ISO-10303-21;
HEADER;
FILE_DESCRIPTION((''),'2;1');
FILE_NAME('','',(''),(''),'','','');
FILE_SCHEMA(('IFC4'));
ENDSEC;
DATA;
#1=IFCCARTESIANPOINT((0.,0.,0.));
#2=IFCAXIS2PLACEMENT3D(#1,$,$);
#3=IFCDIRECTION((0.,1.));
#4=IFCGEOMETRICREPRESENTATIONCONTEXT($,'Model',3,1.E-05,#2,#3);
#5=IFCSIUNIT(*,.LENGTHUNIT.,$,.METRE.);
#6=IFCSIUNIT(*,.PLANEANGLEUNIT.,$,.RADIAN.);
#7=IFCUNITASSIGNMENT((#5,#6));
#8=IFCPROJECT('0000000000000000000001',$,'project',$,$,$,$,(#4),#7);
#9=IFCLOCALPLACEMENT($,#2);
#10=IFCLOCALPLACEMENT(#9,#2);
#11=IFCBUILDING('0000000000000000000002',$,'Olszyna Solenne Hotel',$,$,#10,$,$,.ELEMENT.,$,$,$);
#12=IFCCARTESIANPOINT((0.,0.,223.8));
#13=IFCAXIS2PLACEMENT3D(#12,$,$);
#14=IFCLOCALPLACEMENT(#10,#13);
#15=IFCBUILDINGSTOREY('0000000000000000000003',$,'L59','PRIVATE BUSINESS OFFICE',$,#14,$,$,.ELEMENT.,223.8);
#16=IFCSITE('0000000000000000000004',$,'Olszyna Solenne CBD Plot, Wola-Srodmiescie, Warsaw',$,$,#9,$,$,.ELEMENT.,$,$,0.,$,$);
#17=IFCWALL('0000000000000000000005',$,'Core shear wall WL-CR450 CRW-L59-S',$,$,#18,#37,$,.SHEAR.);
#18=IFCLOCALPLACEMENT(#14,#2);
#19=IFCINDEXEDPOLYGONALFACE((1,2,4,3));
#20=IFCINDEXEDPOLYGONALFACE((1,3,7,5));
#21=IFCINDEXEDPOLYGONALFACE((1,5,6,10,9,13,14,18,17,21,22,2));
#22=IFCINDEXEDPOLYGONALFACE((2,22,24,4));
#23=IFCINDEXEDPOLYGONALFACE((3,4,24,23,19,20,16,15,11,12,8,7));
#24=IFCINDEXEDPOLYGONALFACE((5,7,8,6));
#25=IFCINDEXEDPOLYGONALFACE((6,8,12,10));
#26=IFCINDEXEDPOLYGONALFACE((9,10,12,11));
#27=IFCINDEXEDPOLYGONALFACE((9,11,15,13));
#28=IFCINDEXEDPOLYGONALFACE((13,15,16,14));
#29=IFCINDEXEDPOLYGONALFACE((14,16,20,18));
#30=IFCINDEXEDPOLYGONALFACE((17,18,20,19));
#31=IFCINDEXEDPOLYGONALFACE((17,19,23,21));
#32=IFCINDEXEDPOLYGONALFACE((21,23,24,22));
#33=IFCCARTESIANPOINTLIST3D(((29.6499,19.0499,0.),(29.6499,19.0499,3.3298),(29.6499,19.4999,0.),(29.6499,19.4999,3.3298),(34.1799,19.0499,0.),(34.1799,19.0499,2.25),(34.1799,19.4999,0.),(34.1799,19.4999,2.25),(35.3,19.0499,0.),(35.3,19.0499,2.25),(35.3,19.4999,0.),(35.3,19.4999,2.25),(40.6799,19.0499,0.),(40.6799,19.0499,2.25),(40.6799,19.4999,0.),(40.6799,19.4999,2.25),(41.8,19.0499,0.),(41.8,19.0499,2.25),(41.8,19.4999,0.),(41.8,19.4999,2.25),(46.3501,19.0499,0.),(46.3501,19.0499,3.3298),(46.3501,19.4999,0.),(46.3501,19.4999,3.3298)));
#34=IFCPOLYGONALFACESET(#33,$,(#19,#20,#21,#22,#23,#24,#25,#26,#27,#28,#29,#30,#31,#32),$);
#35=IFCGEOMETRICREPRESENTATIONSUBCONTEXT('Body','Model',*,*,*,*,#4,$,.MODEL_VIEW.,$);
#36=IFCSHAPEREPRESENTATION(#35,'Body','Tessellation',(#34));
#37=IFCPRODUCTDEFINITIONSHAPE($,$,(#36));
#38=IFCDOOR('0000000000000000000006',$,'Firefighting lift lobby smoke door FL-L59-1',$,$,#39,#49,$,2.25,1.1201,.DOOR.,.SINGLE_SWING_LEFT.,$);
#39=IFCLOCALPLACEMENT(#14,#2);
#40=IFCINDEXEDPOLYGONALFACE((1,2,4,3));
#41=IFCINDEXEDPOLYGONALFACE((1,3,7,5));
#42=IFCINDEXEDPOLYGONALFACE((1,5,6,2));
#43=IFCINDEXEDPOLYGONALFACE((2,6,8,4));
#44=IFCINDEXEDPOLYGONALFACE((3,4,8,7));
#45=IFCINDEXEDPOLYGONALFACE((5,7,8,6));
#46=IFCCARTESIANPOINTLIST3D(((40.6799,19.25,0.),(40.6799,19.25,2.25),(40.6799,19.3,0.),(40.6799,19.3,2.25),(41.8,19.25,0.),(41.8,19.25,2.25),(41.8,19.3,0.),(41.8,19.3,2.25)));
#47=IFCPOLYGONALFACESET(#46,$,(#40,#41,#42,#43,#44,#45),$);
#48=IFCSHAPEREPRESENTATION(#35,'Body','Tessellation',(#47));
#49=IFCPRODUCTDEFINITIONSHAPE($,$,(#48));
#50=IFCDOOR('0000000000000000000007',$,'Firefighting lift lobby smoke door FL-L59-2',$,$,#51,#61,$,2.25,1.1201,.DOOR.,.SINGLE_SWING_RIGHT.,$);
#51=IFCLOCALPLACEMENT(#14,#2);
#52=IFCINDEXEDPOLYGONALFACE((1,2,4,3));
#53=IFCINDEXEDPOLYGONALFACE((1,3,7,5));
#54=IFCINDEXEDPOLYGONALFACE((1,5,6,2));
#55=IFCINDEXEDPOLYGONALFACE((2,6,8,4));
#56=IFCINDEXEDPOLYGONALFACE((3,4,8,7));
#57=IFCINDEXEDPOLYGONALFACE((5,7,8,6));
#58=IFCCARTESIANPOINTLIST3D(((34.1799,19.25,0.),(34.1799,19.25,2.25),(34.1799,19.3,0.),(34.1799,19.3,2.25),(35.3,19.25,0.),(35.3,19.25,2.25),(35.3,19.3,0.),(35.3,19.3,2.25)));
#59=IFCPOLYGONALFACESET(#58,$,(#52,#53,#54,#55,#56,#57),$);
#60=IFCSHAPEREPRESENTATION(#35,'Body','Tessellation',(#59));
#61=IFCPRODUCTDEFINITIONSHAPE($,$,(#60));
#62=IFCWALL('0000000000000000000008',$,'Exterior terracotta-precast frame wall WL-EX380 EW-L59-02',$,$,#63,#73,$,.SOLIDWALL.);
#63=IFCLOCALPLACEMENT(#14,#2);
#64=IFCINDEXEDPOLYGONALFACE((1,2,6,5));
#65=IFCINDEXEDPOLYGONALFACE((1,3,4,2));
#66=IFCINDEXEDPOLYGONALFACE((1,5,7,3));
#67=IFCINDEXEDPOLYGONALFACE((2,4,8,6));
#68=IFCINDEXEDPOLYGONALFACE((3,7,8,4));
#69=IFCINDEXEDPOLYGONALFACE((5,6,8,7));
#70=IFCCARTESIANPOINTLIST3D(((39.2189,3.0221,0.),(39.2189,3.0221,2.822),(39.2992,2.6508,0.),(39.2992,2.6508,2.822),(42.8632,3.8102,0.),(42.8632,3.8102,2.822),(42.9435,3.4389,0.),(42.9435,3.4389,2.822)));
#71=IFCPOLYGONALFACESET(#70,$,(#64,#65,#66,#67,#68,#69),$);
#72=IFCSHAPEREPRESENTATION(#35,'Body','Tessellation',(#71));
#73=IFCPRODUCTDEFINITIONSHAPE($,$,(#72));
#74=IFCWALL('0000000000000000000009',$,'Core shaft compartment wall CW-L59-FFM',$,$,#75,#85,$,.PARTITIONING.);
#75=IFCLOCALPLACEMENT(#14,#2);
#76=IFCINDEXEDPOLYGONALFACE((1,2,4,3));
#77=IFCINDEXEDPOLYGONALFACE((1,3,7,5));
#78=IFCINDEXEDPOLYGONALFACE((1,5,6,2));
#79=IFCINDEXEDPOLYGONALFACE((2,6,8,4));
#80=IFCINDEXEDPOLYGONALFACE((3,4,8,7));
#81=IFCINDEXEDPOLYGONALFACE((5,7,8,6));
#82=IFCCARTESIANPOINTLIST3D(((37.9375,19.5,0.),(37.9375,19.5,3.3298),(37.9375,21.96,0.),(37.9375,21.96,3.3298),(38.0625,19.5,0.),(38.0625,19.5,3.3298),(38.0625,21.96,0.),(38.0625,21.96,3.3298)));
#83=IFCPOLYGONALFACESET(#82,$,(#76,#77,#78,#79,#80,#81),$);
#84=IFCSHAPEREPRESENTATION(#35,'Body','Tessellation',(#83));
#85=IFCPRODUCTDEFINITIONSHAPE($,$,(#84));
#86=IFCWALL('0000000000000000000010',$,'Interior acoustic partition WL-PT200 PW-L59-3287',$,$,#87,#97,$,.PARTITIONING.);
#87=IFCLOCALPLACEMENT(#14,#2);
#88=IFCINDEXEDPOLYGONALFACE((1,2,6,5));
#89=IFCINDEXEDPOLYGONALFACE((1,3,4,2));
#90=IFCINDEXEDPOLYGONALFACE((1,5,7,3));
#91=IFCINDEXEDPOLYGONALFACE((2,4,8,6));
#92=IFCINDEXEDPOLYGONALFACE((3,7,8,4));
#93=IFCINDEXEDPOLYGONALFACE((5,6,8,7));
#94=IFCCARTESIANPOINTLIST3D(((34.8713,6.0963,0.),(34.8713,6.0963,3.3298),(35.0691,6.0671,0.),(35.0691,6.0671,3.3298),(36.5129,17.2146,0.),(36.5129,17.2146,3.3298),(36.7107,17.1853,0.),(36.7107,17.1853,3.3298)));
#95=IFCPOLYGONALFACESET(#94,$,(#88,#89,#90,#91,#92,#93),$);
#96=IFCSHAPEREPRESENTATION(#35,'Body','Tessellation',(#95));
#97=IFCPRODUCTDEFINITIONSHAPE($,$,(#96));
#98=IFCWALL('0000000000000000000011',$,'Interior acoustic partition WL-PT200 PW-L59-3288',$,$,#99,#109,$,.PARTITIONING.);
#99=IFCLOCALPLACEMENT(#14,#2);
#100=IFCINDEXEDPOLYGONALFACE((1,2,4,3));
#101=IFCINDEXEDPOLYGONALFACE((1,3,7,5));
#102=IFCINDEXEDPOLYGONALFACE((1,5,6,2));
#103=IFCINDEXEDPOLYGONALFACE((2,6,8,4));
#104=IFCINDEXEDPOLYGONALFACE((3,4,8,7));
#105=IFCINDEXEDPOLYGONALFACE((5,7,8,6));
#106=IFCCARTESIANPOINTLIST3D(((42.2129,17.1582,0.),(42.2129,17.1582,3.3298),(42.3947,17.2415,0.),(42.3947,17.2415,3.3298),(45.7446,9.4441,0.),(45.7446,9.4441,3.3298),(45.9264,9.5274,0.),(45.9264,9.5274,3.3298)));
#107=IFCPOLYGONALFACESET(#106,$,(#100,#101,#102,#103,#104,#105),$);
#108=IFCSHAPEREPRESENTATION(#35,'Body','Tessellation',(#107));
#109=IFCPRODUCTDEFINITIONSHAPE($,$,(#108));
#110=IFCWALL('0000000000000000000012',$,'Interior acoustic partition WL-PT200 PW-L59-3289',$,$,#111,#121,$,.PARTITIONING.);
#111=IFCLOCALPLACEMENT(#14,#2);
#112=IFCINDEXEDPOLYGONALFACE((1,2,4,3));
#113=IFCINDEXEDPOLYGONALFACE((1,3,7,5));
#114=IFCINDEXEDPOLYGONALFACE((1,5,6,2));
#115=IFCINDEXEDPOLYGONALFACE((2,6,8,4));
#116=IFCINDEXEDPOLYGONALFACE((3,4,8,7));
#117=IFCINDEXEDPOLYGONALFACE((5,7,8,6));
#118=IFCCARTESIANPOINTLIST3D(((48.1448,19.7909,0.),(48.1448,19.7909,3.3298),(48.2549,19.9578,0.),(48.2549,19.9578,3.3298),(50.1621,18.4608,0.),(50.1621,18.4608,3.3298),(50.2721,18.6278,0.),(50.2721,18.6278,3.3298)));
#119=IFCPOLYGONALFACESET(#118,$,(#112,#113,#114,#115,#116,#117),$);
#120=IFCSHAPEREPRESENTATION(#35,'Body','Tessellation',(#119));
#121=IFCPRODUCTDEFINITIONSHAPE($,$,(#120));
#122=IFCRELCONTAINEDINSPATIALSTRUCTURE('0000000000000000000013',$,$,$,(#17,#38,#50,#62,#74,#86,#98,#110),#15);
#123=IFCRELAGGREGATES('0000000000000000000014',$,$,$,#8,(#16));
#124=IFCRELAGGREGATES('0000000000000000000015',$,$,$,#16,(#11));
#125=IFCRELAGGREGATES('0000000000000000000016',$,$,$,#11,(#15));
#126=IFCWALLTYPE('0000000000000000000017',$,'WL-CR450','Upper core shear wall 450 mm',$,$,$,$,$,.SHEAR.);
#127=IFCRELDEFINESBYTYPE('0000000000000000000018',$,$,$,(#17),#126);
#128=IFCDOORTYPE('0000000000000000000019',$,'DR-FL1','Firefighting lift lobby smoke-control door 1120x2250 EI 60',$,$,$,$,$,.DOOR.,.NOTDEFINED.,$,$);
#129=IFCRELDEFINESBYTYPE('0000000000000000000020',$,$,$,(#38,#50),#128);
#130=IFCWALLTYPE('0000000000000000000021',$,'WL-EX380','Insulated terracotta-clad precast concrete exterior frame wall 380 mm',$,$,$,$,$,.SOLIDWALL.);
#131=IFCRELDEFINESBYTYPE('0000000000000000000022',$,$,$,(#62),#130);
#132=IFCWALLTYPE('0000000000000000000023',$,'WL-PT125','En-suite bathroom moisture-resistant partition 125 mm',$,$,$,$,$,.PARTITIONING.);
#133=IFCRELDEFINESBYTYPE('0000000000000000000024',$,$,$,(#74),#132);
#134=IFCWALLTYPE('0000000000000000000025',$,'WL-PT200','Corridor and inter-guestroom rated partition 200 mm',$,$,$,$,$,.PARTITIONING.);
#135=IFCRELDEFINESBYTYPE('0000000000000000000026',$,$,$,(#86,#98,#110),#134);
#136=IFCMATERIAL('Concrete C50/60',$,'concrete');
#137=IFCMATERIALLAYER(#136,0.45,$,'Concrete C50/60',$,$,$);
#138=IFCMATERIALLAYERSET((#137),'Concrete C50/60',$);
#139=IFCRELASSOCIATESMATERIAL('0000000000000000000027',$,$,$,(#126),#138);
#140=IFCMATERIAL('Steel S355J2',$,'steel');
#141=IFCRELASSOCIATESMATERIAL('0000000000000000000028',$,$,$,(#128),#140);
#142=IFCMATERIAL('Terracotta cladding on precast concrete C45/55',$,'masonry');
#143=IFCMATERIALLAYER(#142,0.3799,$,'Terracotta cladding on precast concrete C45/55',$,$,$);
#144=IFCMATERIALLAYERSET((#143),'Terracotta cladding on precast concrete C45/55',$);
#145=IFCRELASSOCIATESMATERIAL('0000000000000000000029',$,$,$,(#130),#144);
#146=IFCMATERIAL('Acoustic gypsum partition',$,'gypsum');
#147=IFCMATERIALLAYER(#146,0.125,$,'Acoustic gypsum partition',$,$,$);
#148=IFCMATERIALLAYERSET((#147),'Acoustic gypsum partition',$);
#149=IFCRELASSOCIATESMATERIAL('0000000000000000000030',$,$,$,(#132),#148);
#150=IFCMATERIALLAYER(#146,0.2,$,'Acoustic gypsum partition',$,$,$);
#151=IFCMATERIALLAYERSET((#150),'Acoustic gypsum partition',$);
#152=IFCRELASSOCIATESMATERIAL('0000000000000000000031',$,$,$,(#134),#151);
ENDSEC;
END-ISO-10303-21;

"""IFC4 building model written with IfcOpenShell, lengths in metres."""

from ifc_helpers import new_model, si_unit, direction, frame, frame_2d, origin, place, context, subcontext, project, spatial, rectangle, extrude, source, transform, mapped, material, layer, layer_set, type_object, type_shapes, element, fill, save


model = new_model("IFC4")

# Units and contexts
model_context = context("Model", 3, precision=1e-05, world=origin(), true_north=direction((0.0, 1.0)))
body_context = subcontext(model_context, "Body", "Model", "MODEL_VIEW")
ifc_project = project(units=[si_unit("LENGTHUNIT", "METRE"), si_unit("PLANEANGLEUNIT", "RADIAN")], contexts=[model_context])

# Site, building, storey
site_placement = place(None, origin())
site = spatial("IfcSite", under=ifc_project, at=site_placement, Name="Olszyna Solenne CBD Plot, Wola-Srodmiescie, Warsaw", CompositionType="ELEMENT", RefElevation=0.0)
building_placement = place(site_placement, origin())
building = spatial("IfcBuilding", under=site, at=building_placement, Name="Olszyna Solenne Hotel", CompositionType="ELEMENT")
storey_placement = place(building_placement, frame((0.0, 0.0, 223.8)))
storey = spatial("IfcBuildingStorey", under=building, at=storey_placement, Name="L59", Description="PRIVATE BUSINESS OFFICE", CompositionType="ELEMENT", Elevation=223.8)

# Shared definitions
ifc_material_1 = material(Name="Steel S355J2", Category="steel")

# Wall, openings, doors
ifc_material_2 = material(Name="Concrete C50/60", Category="concrete")
ifc_layer_1 = layer(ifc_material_2, 0.45, Name="Concrete C50/60")
ifc_layer_set_1 = layer_set([ifc_layer_1], Name="Concrete C50/60")
wall_type_1 = type_object("IfcWallType", Name="WL-CR450", Description="Upper core shear wall 450 mm", PredefinedType="SHEAR", material=ifc_layer_set_1)
wall_1_placement = place(storey_placement, frame((46.3501, 19.2749, 0.0), z_axis=(0.0, 0.0, 1.0), x_axis=(-1.0, 0.0, 0.0)))
wall_1 = element("IfcWall", 1, at=wall_1_placement, inside=storey, type_object=wall_type_1, Name="Core shear wall WL-CR450 CRW-L59-S", PredefinedType="SHEAR", context=body_context, shape_type="SweptSolid", body=[
    extrude(rectangle(XDim=16.7002, YDim=0.45, at=frame_2d((8.3501, 0.0))), origin(), (0.0, 0.0, 1.0), 3.3298),
])
opening_1_placement = place(wall_1_placement, frame((4.55, 0.0, 0.0)))
opening_1 = element("IfcOpeningElement", 2, at=opening_1_placement, cuts=wall_1, PredefinedType="OPENING", context=body_context, shape_type="SweptSolid", body=[
    extrude(rectangle(XDim=1.1201, YDim=2.25, at=frame_2d((0.5601, 1.125))), frame((0.0, 0.2349, 0.0), z_axis=(0.0, -1.0, 0.0), x_axis=(1.0, 0.0, 0.0)), (0.0, 0.0, 1.0), 0.47),
])
opening_2_placement = place(wall_1_placement, frame((11.05, 0.0, 0.0)))
opening_2 = element("IfcOpeningElement", 3, at=opening_2_placement, cuts=wall_1, PredefinedType="OPENING", context=body_context, shape_type="SweptSolid", body=[
    extrude(rectangle(XDim=1.1201, YDim=2.25, at=frame_2d((0.5601, 1.125))), frame((0.0, 0.2349, 0.0), z_axis=(0.0, -1.0, 0.0), x_axis=(1.0, 0.0, 0.0)), (0.0, 0.0, 1.0), 0.47),
])
door_type_1 = type_object("IfcDoorType", Name="DR-FL1", Description="Firefighting lift lobby smoke-control door 1120x2250 EI 60", OperationType="NOTDEFINED", PredefinedType="DOOR", material=ifc_material_1)
shared_shape_1 = source(origin(), body_context, "Body", "SweptSolid", [
    extrude(rectangle(XDim=1.1201, YDim=2.25, at=frame_2d((0.5601, 1.125))), frame((0.0, 0.0249, 0.0), z_axis=(0.0, -1.0, 0.0), x_axis=(1.0, 0.0, 0.0)), (0.0, 0.0, 1.0), 0.05),
])
type_shapes(door_type_1, [shared_shape_1])
door_1_placement = place(opening_1_placement, origin())
door_1 = element("IfcDoor", 4, at=door_1_placement, inside=storey, type_object=door_type_1, Name="Firefighting lift lobby smoke door FL-L59-1", OperationType="SINGLE_SWING_LEFT", OverallHeight=2.25, OverallWidth=1.1201, PredefinedType="DOOR", context=body_context, shape_type="MappedRepresentation", body=[
    mapped(shared_shape_1, transform((0.0, 0.0, 0.0), x_axis=(1.0, 0.0, 0.0), y_axis=(0.0, 1.0, 0.0), z_axis=(0.0, 0.0, 1.0), scale=1.0)),
])
fill(opening_1, door_1)
door_2_placement = place(opening_2_placement, origin())
door_2 = element("IfcDoor", 5, at=door_2_placement, inside=storey, type_object=door_type_1, Name="Firefighting lift lobby smoke door FL-L59-2", OperationType="SINGLE_SWING_RIGHT", OverallHeight=2.25, OverallWidth=1.1201, PredefinedType="DOOR", context=body_context, shape_type="MappedRepresentation", body=[
    mapped(shared_shape_1, transform((0.0, 0.0, 0.0), x_axis=(1.0, 0.0, 0.0), y_axis=(0.0, 1.0, 0.0), z_axis=(0.0, 0.0, 1.0), scale=1.0)),
])
fill(opening_2, door_2)

# Walls
ifc_material_3 = material(Name="Terracotta cladding on precast concrete C45/55", Category="masonry")
ifc_layer_2 = layer(ifc_material_3, 0.3799, Name="Terracotta cladding on precast concrete C45/55")
ifc_layer_set_2 = layer_set([ifc_layer_2], Name="Terracotta cladding on precast concrete C45/55")
wall_type_2 = type_object("IfcWallType", Name="WL-EX380", Description="Insulated terracotta-clad precast concrete exterior frame wall 380 mm", PredefinedType="SOLIDWALL", material=ifc_layer_set_2)
wall_2_placement = place(storey_placement, frame((42.9033, 3.6245, 0.0), z_axis=(0.0, 0.0, 1.0), x_axis=(-0.977407, -0.211367, 0.0)))
element("IfcWall", 6, at=wall_2_placement, inside=storey, type_object=wall_type_2, Name="Exterior terracotta-precast frame wall WL-EX380 EW-L59-02", PredefinedType="SOLIDWALL", context=body_context, shape_type="SweptSolid", body=[
    extrude(rectangle(XDim=3.7285, YDim=0.3799, at=frame_2d((1.8643, 0.0))), origin(), (0.0, 0.0, 1.0), 2.822),
])
ifc_material_4 = material(Name="Acoustic gypsum partition", Category="gypsum")
ifc_layer_3 = layer(ifc_material_4, 0.125, Name="Acoustic gypsum partition")
ifc_layer_set_3 = layer_set([ifc_layer_3], Name="Acoustic gypsum partition")
wall_type_3 = type_object("IfcWallType", Name="WL-PT125", Description="En-suite bathroom moisture-resistant partition 125 mm", PredefinedType="PARTITIONING", material=ifc_layer_set_3)
wall_3_placement = place(storey_placement, frame((38.0, 19.5, 0.0), z_axis=(0.0, 0.0, 1.0), x_axis=(0.0, 1.0, 0.0)))
element("IfcWall", 7, at=wall_3_placement, inside=storey, type_object=wall_type_3, Name="Core shaft compartment wall CW-L59-FFM", PredefinedType="PARTITIONING", context=body_context, shape_type="SweptSolid", body=[
    extrude(rectangle(XDim=2.46, YDim=0.125, at=frame_2d((1.23, 0.0))), origin(), (0.0, 0.0, 1.0), 3.3298),
])
ifc_layer_4 = layer(ifc_material_4, 0.2, Name="Acoustic gypsum partition")
ifc_layer_set_4 = layer_set([ifc_layer_4], Name="Acoustic gypsum partition")
wall_type_4 = type_object("IfcWallType", Name="WL-PT200", Description="Corridor and inter-guestroom rated partition 200 mm", PredefinedType="PARTITIONING", material=ifc_layer_set_4)
wall_4_placement = place(storey_placement, frame((36.6118, 17.2, 0.0), z_axis=(0.0, 0.0, 1.0), x_axis=(-0.146067, -0.989275, 0.0)))
element("IfcWall", 8, at=wall_4_placement, inside=storey, type_object=wall_type_4, Name="Interior acoustic partition WL-PT200 PW-L59-3287", PredefinedType="PARTITIONING", context=body_context, shape_type="SweptSolid", body=[
    extrude(rectangle(XDim=11.2388, YDim=0.2, at=frame_2d((5.6194, 0.0))), origin(), (0.0, 0.0, 1.0), 3.3298),
])
wall_5_placement = place(storey_placement, frame((42.3037, 17.2, 0.0), z_axis=(0.0, 0.0, 1.0), x_axis=(0.416275, -0.909239, 0.0)))
element("IfcWall", 9, at=wall_5_placement, inside=storey, type_object=wall_type_4, Name="Interior acoustic partition WL-PT200 PW-L59-3288", PredefinedType="PARTITIONING", context=body_context, shape_type="SweptSolid", body=[
    extrude(rectangle(XDim=8.4841, YDim=0.2, at=frame_2d((4.2422, 0.0))), origin(), (0.0, 0.0, 1.0), 3.3298),
])
wall_6_placement = place(storey_placement, frame((48.2, 19.8743, 0.0), z_axis=(0.0, 0.0, 1.0), x_axis=(0.834869, -0.550449, 0.0)))
element("IfcWall", 10, at=wall_6_placement, inside=storey, type_object=wall_type_4, Name="Interior acoustic partition WL-PT200 PW-L59-3289", PredefinedType="PARTITIONING", context=body_context, shape_type="SweptSolid", body=[
    extrude(rectangle(XDim=2.4163, YDim=0.2, at=frame_2d((1.208, 0.0))), origin(), (0.0, 0.0, 1.0), 3.3298),
])

save(model, "model.ifc")
